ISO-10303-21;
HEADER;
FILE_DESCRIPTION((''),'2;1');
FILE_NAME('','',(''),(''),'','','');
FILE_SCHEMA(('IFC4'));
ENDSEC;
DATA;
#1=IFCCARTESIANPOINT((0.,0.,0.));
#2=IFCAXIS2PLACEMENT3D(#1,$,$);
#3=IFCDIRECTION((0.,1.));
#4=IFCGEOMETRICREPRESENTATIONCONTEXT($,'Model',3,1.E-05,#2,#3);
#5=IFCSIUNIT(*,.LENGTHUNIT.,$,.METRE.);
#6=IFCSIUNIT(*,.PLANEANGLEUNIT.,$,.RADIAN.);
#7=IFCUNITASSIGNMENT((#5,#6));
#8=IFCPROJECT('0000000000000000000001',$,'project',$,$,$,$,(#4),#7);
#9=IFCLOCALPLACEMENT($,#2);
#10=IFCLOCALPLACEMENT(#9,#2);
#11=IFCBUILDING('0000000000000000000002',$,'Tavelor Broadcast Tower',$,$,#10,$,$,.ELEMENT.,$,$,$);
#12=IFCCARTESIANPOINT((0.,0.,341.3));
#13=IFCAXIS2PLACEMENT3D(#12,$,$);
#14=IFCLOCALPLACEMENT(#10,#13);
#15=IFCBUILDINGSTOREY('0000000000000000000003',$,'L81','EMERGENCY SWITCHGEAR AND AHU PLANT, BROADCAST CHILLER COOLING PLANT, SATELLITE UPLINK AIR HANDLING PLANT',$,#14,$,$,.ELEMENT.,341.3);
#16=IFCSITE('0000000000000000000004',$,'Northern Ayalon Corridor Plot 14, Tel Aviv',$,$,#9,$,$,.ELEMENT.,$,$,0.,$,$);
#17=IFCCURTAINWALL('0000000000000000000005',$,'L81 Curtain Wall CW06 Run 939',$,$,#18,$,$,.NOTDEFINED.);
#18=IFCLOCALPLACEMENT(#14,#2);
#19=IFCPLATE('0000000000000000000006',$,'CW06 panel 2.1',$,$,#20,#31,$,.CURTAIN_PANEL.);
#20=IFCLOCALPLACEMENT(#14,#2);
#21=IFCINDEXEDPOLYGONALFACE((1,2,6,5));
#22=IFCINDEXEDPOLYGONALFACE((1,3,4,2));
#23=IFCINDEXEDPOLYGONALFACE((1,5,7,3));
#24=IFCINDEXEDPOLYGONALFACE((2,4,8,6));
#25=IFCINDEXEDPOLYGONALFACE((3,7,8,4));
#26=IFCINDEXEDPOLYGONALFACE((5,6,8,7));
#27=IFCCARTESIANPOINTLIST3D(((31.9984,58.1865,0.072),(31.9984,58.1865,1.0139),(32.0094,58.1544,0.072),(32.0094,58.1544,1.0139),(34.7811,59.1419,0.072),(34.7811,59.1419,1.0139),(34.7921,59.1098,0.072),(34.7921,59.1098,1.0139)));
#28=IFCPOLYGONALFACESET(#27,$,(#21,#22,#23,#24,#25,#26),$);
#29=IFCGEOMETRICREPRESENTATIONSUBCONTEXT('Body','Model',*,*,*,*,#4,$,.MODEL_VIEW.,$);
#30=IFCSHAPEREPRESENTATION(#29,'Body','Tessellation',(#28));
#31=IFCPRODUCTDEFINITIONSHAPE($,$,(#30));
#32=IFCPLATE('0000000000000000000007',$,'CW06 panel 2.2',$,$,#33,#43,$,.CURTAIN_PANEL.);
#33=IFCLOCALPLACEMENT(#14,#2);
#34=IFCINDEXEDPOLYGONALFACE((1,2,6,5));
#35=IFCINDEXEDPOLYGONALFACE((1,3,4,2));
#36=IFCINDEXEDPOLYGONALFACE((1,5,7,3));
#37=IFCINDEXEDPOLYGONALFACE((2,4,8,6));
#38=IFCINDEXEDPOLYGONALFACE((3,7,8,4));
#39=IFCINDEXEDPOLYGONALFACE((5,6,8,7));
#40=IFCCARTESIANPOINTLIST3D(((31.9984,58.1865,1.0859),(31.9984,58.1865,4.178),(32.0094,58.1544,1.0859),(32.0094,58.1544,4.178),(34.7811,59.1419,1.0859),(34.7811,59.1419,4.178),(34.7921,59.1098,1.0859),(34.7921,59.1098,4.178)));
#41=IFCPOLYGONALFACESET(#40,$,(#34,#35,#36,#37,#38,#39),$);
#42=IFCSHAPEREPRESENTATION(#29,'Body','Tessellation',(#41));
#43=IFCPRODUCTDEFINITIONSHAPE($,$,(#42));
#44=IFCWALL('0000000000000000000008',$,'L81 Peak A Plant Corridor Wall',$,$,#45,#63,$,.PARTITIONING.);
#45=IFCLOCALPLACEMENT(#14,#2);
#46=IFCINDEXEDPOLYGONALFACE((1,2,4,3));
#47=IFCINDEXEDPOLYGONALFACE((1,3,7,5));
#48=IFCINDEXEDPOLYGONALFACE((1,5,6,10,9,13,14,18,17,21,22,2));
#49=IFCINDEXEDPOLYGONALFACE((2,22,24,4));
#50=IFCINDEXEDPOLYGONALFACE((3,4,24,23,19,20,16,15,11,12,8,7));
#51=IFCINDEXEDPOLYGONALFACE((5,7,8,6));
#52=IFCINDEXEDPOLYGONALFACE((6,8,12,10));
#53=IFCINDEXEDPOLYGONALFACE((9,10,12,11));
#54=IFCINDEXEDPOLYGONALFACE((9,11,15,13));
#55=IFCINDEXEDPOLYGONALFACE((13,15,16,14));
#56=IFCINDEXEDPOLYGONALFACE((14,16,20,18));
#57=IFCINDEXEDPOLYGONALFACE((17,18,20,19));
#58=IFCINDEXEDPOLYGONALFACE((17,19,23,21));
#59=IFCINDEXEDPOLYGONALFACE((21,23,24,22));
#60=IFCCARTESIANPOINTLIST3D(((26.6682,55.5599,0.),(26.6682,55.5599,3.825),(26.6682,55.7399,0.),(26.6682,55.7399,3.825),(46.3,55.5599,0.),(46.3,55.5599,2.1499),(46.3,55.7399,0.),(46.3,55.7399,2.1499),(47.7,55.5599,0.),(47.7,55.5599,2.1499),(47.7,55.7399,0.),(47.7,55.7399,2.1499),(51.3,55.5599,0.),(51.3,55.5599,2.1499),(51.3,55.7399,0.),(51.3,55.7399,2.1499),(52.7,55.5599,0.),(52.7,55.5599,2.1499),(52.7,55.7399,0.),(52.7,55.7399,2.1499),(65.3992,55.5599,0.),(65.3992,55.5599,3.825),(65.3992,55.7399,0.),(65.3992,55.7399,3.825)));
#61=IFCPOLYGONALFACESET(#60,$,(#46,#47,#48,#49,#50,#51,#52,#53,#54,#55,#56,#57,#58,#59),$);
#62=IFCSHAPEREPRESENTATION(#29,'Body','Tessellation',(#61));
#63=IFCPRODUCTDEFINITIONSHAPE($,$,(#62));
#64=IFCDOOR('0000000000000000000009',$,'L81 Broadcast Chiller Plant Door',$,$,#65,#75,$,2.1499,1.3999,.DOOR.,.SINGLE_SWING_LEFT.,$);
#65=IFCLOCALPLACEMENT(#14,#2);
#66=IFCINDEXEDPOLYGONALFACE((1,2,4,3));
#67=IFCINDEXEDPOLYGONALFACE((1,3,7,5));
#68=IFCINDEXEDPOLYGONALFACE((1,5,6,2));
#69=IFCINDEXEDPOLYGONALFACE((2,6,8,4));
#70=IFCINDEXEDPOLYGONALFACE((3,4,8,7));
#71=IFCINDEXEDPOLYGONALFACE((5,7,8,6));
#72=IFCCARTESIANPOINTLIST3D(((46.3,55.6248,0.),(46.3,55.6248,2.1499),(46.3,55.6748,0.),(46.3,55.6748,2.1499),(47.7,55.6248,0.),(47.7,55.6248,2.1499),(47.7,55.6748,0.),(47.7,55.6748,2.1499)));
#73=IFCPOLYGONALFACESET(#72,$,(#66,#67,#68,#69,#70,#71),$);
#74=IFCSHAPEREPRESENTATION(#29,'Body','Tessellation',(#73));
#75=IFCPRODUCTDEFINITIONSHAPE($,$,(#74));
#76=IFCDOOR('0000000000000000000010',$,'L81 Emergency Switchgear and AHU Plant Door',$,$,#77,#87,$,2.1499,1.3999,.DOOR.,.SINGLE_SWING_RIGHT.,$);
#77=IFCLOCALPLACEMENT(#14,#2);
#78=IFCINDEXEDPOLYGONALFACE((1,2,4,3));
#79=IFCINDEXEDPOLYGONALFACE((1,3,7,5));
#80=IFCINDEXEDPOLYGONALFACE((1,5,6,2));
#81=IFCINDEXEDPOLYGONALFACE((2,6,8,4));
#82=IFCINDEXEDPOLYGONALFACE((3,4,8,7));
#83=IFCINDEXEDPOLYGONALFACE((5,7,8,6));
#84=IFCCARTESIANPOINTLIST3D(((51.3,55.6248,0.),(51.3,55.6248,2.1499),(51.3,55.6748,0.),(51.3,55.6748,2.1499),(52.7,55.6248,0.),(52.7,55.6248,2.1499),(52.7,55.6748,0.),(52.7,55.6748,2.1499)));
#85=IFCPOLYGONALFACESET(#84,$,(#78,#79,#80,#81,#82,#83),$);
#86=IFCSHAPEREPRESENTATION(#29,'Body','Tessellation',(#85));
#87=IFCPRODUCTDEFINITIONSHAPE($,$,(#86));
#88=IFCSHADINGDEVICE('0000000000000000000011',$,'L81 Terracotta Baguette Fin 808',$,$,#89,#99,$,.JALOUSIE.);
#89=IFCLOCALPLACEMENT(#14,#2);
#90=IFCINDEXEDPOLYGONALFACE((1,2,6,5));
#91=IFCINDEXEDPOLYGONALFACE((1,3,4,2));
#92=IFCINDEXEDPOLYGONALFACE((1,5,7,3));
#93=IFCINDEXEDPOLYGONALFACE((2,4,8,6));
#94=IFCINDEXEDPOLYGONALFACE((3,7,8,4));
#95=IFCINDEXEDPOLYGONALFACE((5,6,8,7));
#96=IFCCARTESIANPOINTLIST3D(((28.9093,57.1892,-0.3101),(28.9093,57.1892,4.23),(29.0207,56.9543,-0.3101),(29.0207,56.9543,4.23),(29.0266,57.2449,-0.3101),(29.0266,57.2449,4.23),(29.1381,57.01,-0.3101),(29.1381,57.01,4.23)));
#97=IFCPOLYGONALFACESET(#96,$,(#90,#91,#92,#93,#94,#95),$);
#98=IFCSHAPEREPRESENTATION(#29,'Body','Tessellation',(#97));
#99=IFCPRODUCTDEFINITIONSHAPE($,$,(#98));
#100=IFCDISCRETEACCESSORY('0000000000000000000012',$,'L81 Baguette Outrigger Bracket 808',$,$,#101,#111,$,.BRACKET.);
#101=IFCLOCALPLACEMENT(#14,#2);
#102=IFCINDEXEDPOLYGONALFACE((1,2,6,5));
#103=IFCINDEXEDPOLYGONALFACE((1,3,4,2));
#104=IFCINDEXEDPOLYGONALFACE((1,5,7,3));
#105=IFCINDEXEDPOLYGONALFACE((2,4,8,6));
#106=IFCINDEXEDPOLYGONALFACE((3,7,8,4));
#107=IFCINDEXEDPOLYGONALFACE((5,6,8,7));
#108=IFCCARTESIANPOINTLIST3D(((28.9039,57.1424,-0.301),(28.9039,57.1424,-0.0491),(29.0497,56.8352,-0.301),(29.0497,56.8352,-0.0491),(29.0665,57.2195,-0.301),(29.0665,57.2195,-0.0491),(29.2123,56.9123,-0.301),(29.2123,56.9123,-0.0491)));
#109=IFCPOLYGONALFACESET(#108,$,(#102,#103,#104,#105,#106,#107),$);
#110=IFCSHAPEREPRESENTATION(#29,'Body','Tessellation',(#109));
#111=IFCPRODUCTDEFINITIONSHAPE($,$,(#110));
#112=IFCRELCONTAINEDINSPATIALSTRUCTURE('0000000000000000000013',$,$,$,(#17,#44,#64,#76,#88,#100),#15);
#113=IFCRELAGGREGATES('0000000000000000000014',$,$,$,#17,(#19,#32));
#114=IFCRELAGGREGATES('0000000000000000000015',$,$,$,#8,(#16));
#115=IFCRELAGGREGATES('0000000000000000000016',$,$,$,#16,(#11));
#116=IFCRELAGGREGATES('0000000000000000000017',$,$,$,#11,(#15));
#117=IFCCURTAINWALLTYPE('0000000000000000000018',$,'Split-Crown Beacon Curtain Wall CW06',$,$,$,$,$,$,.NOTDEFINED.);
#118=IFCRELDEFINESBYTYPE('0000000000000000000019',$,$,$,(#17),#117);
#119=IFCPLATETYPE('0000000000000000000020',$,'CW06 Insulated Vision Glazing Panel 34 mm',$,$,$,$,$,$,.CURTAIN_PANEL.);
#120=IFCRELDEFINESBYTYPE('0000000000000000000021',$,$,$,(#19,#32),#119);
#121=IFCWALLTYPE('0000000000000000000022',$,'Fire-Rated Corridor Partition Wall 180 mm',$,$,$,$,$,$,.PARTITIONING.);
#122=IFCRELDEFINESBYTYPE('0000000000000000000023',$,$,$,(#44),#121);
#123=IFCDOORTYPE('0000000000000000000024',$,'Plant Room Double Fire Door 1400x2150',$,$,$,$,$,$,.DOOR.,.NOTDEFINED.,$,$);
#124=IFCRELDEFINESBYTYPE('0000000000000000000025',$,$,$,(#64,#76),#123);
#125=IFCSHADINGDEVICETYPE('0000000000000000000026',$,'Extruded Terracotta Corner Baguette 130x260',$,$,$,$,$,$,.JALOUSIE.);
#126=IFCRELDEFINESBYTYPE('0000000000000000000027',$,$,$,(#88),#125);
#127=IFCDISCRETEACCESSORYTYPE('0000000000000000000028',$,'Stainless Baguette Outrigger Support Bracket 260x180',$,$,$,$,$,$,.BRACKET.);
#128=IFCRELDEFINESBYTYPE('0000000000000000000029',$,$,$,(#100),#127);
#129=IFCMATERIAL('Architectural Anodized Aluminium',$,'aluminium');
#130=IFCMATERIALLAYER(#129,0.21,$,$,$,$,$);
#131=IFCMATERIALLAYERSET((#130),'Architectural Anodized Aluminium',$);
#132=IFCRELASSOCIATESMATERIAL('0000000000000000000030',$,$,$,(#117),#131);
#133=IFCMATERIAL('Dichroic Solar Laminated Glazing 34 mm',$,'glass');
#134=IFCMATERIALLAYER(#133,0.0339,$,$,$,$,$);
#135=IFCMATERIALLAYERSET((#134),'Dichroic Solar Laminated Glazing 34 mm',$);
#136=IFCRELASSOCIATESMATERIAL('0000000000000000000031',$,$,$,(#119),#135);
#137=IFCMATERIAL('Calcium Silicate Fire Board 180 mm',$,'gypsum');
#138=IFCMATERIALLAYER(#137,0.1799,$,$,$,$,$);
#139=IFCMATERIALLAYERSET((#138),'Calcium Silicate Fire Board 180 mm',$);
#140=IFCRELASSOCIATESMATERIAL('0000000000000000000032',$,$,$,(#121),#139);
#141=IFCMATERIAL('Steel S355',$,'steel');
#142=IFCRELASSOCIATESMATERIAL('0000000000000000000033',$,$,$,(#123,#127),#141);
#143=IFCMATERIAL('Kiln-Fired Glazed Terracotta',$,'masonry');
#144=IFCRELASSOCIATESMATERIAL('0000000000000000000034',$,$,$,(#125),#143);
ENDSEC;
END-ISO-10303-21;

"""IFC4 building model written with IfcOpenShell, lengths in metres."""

from ifc_helpers import new_model, si_unit, direction, frame, frame_2d, origin, origin_2d, place, context, subcontext, project, spatial, rectangle, extrude, source, transform, mapped, material, layer, layer_set, type_object, type_shapes, element, fill, aggregate, save


model = new_model("IFC4")

# Units and contexts
model_context = context("Model", 3, precision=1e-05, world=origin(), true_north=direction((0.0, 1.0)))
body_context = subcontext(model_context, "Body", "Model", "MODEL_VIEW")
ifc_project = project(units=[si_unit("LENGTHUNIT", "METRE"), si_unit("PLANEANGLEUNIT", "RADIAN")], contexts=[model_context])

# Site, building, storey
site_placement = place(None, origin())
site = spatial("IfcSite", under=ifc_project, at=site_placement, Name="Northern Ayalon Corridor Plot 14, Tel Aviv", CompositionType="ELEMENT", RefElevation=0.0)
building_placement = place(site_placement, origin())
building = spatial("IfcBuilding", under=site, at=building_placement, Name="Tavelor Broadcast Tower", CompositionType="ELEMENT")
storey_placement = place(building_placement, frame((0.0, 0.0, 341.3)))
storey = spatial("IfcBuildingStorey", under=building, at=storey_placement, Name="L81", Description="EMERGENCY SWITCHGEAR AND AHU PLANT, BROADCAST CHILLER COOLING PLANT, SATELLITE UPLINK AIR HANDLING PLANT", CompositionType="ELEMENT", Elevation=341.3)

# Shared definitions
ifc_material_1 = material(Name="Steel S355", Category="steel")

# Curtain wall
ifc_material_2 = material(Name="Architectural Anodized Aluminium", Category="aluminium")
ifc_layer_1 = layer(ifc_material_2, 0.21)
ifc_layer_set_1 = layer_set([ifc_layer_1], Name="Architectural Anodized Aluminium")
curtain_wall_type = type_object("IfcCurtainWallType", Name="Split-Crown Beacon Curtain Wall CW06", PredefinedType="NOTDEFINED", material=ifc_layer_set_1)
curtain_wall_1_placement = place(storey_placement, origin())
curtain_wall_1 = element("IfcCurtainWall", 1, at=curtain_wall_1_placement, inside=storey, type_object=curtain_wall_type, Name="L81 Curtain Wall CW06 Run 939", PredefinedType="NOTDEFINED")

# Plates
ifc_material_3 = material(Name="Dichroic Solar Laminated Glazing 34 mm", Category="glass")
ifc_layer_2 = layer(ifc_material_3, 0.0339)
ifc_layer_set_2 = layer_set([ifc_layer_2], Name="Dichroic Solar Laminated Glazing 34 mm")
plate_type_1 = type_object("IfcPlateType", Name="CW06 Insulated Vision Glazing Panel 34 mm", PredefinedType="CURTAIN_PANEL", material=ifc_layer_set_2)
shared_shape_1 = source(origin(), body_context, "Body", "SweptSolid", [
    extrude(rectangle(XDim=2.9421, YDim=0.0339, at=origin_2d()), origin(), (0.0, 0.0, 1.0), 0.9419),
])
plate_1_placement = place(storey_placement, frame((33.3953, 58.6482, 0.072), z_axis=(0.0, 0.0, 1.0), x_axis=(-0.945807, -0.324728, 0.0)))
plate_1 = element("IfcPlate", 2, at=plate_1_placement, type_object=plate_type_1, Name="CW06 panel 2.1", PredefinedType="CURTAIN_PANEL", context=body_context, shape_type="MappedRepresentation", body=[
    mapped(shared_shape_1, transform((0.0, 0.0, 0.0), scale=1.0)),
])
shared_shape_2 = source(origin(), body_context, "Body", "SweptSolid", [
    extrude(rectangle(XDim=2.9421, YDim=0.0339, at=origin_2d()), origin(), (0.0, 0.0, 1.0), 3.092),
])
plate_2_placement = place(storey_placement, frame((33.3953, 58.6482, 1.0859), z_axis=(0.0, 0.0, 1.0), x_axis=(-0.945807, -0.324728, 0.0)))
plate_2 = element("IfcPlate", 3, at=plate_2_placement, type_object=plate_type_1, Name="CW06 panel 2.2", PredefinedType="CURTAIN_PANEL", context=body_context, shape_type="MappedRepresentation", body=[
    mapped(shared_shape_2, transform((0.0, 0.0, 0.0), scale=1.0)),
])
aggregate(curtain_wall_1, [plate_1, plate_2])

# Wall, openings, doors
ifc_material_4 = material(Name="Calcium Silicate Fire Board 180 mm", Category="gypsum")
ifc_layer_3 = layer(ifc_material_4, 0.1799)
ifc_layer_set_3 = layer_set([ifc_layer_3], Name="Calcium Silicate Fire Board 180 mm")
wall_type = type_object("IfcWallType", Name="Fire-Rated Corridor Partition Wall 180 mm", PredefinedType="PARTITIONING", material=ifc_layer_set_3)
wall_placement = place(storey_placement, frame((26.6682, 55.6499, 0.0), z_axis=(0.0, 0.0, 1.0), x_axis=(1.0, 0.0, 0.0)))
wall = element("IfcWall", 4, at=wall_placement, inside=storey, type_object=wall_type, Name="L81 Peak A Plant Corridor Wall", PredefinedType="PARTITIONING", context=body_context, shape_type="SweptSolid", body=[
    extrude(rectangle(XDim=38.731, YDim=0.1799, at=frame_2d((19.3655, 0.0))), origin(), (0.0, 0.0, 1.0), 3.825),
])
opening_1_placement = place(wall_placement, frame((19.6318, 0.0, 0.0)))
opening_1 = element("IfcOpeningElement", 5, at=opening_1_placement, cuts=wall, PredefinedType="OPENING", context=body_context, shape_type="SweptSolid", body=[
    extrude(rectangle(XDim=1.3999, YDim=2.1499, at=frame_2d((0.7, 1.075))), frame((0.0, 0.1001, 0.0), z_axis=(0.0, -1.0, 0.0), x_axis=(1.0, 0.0, 0.0)), (0.0, 0.0, 1.0), 0.2),
])
opening_2_placement = place(wall_placement, frame((24.6318, 0.0, 0.0)))
opening_2 = element("IfcOpeningElement", 6, at=opening_2_placement, cuts=wall, PredefinedType="OPENING", context=body_context, shape_type="SweptSolid", body=[
    extrude(rectangle(XDim=1.3999, YDim=2.1499, at=frame_2d((0.7, 1.075))), frame((0.0, 0.1001, 0.0), z_axis=(0.0, -1.0, 0.0), x_axis=(1.0, 0.0, 0.0)), (0.0, 0.0, 1.0), 0.2),
])
door_type = type_object("IfcDoorType", Name="Plant Room Double Fire Door 1400x2150", OperationType="NOTDEFINED", PredefinedType="DOOR", material=ifc_material_1)
door_1_placement = place(opening_1_placement, origin())
door_1 = element("IfcDoor", 7, at=door_1_placement, inside=storey, type_object=door_type, Name="L81 Broadcast Chiller Plant Door", OperationType="SINGLE_SWING_LEFT", OverallHeight=2.1499, OverallWidth=1.3999, PredefinedType="DOOR", context=body_context, shape_type="SweptSolid", body=[
    extrude(rectangle(XDim=1.3999, YDim=2.1499, at=frame_2d((0.7, 1.075))), frame((0.0, 0.0249, 0.0), z_axis=(0.0, -1.0, 0.0), x_axis=(1.0, 0.0, 0.0)), (0.0, 0.0, 1.0), 0.05),
])
fill(opening_1, door_1)
door_2_placement = place(opening_2_placement, origin())
door_2 = element("IfcDoor", 8, at=door_2_placement, inside=storey, type_object=door_type, Name="L81 Emergency Switchgear and AHU Plant Door", OperationType="SINGLE_SWING_RIGHT", OverallHeight=2.1499, OverallWidth=1.3999, PredefinedType="DOOR", context=body_context, shape_type="SweptSolid", body=[
    extrude(rectangle(XDim=1.3999, YDim=2.1499, at=frame_2d((0.7, 1.075))), frame((0.0, 0.0249, 0.0), z_axis=(0.0, -1.0, 0.0), x_axis=(1.0, 0.0, 0.0)), (0.0, 0.0, 1.0), 0.05),
])
fill(opening_2, door_2)

# Shading device
ifc_material_5 = material(Name="Kiln-Fired Glazed Terracotta", Category="masonry")
shading_device_type = type_object("IfcShadingDeviceType", Name="Extruded Terracotta Corner Baguette 130x260", PredefinedType="JALOUSIE", material=ifc_material_5)
shared_shape_3 = source(origin(), body_context, "Body", "SweptSolid", [
    extrude(rectangle(XDim=0.1299, YDim=0.26, at=origin_2d()), origin(), (0.0, 0.0, 1.0), 4.54),
])
type_shapes(shading_device_type, [shared_shape_3])
shading_device_placement = place(storey_placement, frame((29.0237, 57.0996, -0.3101), z_axis=(0.0, 0.0, 1.0), x_axis=(-0.903485, -0.42862, 0.0)))
element("IfcShadingDevice", 9, at=shading_device_placement, inside=storey, type_object=shading_device_type, Name="L81 Terracotta Baguette Fin 808", PredefinedType="JALOUSIE", context=body_context, shape_type="MappedRepresentation", body=[
    mapped(shared_shape_3, transform((0.0, 0.0, 0.0), scale=1.0)),
])

# Discrete accessory
discrete_accessory_type = type_object("IfcDiscreteAccessoryType", Name="Stainless Baguette Outrigger Support Bracket 260x180", PredefinedType="BRACKET", material=ifc_material_1)
shared_shape_4 = source(origin(), body_context, "Body", "SweptSolid", [
    extrude(rectangle(XDim=0.1799, YDim=0.3401, at=origin_2d()), origin(), (0.0, 0.0, 1.0), 0.252),
])
type_shapes(discrete_accessory_type, [shared_shape_4])
discrete_accessory_placement = place(storey_placement, frame((29.0581, 57.0273, -0.301), z_axis=(0.0, 0.0, 1.0), x_axis=(-0.903485, -0.42862, 0.0)))
element("IfcDiscreteAccessory", 10, at=discrete_accessory_placement, inside=storey, type_object=discrete_accessory_type, Name="L81 Baguette Outrigger Bracket 808", PredefinedType="BRACKET", context=body_context, shape_type="MappedRepresentation", body=[
    mapped(shared_shape_4, transform((0.0, 0.0, 0.0), scale=1.0)),
])

save(model, "model.ifc")
